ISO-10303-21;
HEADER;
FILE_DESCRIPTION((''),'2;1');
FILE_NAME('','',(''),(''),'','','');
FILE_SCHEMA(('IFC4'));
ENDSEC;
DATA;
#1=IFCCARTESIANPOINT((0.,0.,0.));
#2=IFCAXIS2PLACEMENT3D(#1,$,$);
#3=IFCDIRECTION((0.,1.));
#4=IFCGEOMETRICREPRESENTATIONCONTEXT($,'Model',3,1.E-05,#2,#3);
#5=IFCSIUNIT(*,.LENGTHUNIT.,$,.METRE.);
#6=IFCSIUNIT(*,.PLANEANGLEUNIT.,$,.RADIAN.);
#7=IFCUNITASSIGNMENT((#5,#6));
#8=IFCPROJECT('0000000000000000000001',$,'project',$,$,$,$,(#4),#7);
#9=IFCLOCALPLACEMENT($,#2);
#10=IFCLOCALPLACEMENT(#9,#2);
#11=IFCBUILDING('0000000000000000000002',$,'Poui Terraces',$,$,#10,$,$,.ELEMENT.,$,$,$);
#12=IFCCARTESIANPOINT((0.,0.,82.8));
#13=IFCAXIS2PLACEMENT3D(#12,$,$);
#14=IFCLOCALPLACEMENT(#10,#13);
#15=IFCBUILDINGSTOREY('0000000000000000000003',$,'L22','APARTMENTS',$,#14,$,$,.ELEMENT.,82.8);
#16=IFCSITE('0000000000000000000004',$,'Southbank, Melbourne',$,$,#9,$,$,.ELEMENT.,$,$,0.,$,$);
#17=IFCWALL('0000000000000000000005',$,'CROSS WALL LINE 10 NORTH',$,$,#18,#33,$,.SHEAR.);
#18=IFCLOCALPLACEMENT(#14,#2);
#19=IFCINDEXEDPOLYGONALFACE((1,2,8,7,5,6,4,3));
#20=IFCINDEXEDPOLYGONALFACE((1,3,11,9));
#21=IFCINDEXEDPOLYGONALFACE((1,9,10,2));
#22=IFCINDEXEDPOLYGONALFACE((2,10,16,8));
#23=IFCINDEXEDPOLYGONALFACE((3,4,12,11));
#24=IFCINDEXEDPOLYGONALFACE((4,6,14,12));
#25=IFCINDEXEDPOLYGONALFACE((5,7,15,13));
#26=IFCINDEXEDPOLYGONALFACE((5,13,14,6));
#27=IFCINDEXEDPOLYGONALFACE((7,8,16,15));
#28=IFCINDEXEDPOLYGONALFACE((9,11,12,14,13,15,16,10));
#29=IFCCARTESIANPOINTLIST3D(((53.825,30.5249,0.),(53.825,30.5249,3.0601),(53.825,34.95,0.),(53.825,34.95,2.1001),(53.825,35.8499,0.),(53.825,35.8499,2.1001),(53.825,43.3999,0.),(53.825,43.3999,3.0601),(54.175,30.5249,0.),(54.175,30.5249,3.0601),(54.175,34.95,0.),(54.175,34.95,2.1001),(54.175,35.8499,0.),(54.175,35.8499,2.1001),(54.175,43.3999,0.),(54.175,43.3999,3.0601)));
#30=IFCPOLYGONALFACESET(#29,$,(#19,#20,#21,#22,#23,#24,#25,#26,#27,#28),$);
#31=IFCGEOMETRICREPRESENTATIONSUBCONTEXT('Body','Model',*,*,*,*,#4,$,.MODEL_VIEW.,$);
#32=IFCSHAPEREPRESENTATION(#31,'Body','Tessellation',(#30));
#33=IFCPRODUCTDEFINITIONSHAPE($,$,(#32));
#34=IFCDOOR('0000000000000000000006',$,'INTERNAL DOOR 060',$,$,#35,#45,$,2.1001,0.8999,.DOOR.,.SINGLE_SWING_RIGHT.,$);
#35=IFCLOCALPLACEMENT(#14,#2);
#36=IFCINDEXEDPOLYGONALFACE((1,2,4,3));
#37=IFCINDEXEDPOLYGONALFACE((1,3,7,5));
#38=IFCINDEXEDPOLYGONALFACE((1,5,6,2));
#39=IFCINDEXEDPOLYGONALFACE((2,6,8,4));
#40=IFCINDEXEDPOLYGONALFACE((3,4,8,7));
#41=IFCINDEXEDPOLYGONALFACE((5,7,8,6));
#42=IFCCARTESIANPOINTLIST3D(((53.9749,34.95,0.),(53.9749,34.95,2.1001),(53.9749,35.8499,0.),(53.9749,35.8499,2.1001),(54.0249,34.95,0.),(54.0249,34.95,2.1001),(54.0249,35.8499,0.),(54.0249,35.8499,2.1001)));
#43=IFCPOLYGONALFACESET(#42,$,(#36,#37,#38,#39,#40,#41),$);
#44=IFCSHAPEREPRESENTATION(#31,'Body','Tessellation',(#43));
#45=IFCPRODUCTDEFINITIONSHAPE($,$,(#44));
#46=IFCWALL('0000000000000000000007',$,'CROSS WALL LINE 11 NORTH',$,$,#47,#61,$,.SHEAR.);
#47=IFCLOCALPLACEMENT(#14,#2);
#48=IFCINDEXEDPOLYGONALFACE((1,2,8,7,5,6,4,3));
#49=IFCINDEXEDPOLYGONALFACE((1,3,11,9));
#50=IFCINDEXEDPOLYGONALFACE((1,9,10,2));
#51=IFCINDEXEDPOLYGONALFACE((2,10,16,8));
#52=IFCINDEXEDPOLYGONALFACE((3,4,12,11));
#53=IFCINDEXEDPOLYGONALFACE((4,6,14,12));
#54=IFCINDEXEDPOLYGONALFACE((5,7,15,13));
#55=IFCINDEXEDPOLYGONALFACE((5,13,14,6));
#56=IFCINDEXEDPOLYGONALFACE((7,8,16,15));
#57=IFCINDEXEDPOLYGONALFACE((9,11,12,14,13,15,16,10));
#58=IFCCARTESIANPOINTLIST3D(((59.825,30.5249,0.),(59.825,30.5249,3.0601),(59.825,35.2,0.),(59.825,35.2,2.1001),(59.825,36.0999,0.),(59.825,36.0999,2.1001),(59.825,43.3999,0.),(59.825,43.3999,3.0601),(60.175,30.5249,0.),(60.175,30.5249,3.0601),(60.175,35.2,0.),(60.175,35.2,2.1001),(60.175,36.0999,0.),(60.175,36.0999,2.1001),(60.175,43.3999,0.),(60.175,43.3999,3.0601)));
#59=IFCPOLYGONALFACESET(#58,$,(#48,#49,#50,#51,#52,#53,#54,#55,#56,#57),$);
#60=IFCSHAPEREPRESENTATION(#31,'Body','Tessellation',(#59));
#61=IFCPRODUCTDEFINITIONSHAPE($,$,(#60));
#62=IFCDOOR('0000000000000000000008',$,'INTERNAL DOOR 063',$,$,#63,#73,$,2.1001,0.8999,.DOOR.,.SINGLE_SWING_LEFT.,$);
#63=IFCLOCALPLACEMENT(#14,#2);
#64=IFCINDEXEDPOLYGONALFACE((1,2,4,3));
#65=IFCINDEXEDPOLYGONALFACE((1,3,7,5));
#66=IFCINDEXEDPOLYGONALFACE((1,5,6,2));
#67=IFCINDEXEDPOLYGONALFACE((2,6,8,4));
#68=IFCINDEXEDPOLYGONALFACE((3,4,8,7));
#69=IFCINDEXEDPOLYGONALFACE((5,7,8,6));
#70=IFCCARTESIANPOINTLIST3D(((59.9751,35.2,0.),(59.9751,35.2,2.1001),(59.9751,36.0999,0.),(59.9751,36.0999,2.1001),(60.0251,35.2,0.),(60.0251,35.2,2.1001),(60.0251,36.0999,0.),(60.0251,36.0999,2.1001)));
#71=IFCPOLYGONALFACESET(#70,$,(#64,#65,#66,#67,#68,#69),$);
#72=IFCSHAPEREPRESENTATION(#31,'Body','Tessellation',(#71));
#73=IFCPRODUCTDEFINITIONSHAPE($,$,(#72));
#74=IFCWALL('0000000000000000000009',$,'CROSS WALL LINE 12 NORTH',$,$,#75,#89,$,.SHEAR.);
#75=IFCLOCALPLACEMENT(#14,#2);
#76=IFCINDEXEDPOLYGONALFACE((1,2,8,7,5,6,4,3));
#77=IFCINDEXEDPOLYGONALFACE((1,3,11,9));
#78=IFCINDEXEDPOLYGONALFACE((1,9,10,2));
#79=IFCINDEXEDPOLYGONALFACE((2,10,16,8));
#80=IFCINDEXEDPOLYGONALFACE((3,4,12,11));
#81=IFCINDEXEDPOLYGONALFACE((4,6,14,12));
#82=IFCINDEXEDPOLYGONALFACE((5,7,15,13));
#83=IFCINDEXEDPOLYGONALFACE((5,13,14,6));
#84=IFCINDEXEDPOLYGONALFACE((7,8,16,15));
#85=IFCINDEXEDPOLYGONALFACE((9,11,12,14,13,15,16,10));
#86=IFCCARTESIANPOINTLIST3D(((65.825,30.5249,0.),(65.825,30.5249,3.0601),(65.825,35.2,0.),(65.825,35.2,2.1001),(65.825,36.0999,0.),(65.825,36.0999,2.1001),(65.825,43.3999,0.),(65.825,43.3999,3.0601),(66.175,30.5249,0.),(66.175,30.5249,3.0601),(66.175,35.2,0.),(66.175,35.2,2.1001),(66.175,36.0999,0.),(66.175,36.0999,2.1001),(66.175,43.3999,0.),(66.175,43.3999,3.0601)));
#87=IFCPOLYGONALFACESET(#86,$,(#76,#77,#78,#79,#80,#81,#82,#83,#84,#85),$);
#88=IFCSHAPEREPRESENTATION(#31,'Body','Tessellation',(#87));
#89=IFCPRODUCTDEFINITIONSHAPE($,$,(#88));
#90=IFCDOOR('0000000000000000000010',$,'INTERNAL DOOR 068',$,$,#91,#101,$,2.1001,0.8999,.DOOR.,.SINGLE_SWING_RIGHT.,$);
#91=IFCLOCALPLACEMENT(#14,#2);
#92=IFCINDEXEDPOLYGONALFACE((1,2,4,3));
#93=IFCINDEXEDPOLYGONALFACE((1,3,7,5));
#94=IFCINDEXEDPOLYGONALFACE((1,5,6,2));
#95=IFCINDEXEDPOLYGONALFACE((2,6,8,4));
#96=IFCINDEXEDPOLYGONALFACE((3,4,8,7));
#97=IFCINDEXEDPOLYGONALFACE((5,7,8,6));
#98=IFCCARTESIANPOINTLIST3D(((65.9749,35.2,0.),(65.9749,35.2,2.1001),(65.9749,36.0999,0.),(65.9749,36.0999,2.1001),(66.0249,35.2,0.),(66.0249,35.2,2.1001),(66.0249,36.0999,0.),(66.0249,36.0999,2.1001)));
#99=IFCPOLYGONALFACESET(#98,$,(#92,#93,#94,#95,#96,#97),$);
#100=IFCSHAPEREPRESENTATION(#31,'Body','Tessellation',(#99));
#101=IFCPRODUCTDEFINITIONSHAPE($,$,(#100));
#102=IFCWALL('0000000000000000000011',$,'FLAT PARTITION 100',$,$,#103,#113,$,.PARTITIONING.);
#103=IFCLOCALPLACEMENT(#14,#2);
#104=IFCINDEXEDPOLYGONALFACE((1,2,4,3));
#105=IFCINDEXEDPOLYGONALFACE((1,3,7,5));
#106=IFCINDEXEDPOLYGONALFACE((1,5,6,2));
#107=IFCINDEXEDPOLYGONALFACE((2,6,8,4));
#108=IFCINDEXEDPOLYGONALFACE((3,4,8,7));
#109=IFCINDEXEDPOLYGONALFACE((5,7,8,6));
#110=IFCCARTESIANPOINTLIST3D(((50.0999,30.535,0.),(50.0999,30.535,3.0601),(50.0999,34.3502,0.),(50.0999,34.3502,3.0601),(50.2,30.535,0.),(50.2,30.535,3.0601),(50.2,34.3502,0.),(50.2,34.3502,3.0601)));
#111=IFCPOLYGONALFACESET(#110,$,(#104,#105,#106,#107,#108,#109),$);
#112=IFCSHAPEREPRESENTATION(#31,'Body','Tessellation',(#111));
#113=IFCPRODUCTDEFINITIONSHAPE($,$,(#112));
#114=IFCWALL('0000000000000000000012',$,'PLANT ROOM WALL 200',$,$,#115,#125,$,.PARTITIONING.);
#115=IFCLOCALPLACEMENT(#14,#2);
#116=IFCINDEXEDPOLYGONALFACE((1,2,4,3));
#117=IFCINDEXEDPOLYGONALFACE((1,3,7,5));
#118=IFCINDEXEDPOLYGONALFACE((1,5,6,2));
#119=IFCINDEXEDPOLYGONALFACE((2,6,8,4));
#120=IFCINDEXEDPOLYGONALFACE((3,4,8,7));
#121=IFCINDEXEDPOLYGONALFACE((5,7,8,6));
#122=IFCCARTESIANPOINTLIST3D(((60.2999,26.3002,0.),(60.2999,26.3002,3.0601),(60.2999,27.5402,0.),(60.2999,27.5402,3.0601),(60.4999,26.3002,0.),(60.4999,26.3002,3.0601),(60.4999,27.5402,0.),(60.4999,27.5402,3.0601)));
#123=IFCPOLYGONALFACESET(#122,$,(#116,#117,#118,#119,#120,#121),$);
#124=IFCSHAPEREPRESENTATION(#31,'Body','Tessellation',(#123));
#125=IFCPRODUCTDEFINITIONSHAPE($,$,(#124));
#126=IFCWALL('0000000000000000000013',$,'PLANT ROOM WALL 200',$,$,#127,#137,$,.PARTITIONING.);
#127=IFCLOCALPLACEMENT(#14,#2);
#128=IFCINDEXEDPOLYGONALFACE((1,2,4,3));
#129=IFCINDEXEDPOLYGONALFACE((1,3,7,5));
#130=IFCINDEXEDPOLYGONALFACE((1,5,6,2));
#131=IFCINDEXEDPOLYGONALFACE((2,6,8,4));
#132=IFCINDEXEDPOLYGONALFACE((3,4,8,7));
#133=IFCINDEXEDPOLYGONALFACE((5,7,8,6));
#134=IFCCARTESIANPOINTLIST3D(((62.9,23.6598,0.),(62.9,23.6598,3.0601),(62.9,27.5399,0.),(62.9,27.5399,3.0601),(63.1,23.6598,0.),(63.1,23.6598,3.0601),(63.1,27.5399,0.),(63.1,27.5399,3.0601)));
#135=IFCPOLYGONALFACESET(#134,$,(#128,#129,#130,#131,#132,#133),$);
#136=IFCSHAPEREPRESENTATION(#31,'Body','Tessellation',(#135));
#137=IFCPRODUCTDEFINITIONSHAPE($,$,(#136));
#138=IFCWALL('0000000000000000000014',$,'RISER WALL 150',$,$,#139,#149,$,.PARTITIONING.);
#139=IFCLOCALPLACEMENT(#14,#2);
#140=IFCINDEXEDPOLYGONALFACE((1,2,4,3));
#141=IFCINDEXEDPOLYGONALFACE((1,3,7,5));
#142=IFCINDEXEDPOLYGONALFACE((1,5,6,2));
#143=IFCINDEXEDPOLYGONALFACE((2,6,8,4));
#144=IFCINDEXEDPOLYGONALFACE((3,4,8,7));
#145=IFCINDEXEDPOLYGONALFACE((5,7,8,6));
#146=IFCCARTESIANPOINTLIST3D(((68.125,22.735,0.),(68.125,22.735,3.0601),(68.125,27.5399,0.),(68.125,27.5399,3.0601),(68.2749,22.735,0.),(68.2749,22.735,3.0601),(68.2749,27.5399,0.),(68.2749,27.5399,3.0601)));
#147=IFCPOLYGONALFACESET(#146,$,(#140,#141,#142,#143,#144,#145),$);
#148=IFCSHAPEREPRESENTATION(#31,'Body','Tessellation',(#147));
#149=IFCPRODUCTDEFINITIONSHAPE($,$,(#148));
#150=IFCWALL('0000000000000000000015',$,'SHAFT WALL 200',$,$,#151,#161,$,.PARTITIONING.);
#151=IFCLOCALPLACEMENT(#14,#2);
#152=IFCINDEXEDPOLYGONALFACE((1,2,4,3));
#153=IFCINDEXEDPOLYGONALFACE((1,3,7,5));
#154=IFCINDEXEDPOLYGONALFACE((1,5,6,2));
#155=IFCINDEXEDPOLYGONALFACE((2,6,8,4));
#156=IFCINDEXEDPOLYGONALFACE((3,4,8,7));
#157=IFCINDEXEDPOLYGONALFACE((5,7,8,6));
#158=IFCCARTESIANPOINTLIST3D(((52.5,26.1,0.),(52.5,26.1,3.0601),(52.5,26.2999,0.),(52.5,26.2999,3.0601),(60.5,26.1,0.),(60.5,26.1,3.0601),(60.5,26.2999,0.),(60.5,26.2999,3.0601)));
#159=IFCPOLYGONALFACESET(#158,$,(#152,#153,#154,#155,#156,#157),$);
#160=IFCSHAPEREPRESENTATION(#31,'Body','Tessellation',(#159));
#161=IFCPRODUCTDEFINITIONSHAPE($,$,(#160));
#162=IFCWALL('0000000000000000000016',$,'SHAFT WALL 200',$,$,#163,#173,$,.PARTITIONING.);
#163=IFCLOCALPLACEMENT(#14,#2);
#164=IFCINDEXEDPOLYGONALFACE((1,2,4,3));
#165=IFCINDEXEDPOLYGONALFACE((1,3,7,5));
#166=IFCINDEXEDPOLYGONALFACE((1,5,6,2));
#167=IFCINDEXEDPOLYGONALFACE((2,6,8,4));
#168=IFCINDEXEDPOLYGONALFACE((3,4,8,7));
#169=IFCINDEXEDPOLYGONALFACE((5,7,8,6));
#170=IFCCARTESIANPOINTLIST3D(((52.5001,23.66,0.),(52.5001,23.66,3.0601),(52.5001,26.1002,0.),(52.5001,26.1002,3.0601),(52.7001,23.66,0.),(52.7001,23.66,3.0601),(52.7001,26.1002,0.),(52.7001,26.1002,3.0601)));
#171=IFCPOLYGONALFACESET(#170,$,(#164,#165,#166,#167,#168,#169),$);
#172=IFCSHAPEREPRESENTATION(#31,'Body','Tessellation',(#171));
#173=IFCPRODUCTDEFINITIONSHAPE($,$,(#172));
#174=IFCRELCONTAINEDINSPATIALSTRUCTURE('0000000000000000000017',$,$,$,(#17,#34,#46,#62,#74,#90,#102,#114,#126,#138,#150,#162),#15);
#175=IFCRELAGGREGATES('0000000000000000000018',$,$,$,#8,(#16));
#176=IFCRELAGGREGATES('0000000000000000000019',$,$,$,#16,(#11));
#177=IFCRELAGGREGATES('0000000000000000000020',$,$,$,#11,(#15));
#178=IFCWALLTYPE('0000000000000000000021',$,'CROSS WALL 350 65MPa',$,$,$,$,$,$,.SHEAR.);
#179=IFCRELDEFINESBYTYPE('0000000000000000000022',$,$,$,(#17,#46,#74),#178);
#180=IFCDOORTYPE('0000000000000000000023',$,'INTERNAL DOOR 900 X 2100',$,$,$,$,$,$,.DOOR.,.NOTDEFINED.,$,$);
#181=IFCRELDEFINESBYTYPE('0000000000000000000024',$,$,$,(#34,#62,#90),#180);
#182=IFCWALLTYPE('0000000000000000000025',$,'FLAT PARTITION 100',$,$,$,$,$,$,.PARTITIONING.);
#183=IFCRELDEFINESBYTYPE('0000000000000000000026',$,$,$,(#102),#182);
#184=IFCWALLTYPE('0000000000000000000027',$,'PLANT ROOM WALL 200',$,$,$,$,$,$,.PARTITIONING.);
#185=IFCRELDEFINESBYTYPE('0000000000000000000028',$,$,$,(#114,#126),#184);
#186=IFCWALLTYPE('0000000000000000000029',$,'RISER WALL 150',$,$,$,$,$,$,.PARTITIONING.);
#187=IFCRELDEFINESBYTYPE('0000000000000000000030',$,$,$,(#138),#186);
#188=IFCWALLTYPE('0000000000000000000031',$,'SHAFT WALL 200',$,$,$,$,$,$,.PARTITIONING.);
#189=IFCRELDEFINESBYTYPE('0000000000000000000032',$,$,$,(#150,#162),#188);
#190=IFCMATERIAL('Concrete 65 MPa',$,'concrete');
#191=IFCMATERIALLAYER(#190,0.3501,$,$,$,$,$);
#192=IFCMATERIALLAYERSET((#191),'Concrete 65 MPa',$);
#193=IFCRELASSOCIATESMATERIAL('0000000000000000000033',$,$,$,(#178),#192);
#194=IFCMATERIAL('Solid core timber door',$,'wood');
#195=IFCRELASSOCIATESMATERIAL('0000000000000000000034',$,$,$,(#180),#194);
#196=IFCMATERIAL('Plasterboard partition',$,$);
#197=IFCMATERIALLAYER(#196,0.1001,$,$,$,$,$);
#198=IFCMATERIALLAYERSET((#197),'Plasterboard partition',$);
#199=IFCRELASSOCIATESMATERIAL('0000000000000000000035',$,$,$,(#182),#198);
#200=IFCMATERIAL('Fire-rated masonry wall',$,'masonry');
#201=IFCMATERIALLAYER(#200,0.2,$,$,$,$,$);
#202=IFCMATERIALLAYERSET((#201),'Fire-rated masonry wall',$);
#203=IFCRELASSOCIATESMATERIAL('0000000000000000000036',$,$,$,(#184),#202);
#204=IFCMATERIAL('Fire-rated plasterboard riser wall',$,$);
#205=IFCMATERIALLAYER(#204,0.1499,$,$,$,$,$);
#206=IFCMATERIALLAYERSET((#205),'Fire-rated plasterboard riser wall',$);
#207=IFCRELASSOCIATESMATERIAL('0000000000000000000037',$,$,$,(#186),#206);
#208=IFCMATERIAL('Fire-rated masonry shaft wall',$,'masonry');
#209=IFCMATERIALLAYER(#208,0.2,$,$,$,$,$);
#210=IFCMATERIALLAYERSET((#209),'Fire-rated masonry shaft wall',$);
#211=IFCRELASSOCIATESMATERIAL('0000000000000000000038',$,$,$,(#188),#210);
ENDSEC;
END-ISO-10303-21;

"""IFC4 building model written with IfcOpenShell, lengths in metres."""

from ifc_helpers import new_model, si_unit, direction, frame, frame_2d, origin, place, context, subcontext, project, spatial, rectangle, extrude, material, layer, layer_set, type_object, element, fill, save


model = new_model("IFC4")

# Units and contexts
model_context = context("Model", 3, precision=1e-05, world=origin(), true_north=direction((0.0, 1.0)))
body_context = subcontext(model_context, "Body", "Model", "MODEL_VIEW")
ifc_project = project(units=[si_unit("LENGTHUNIT", "METRE"), si_unit("PLANEANGLEUNIT", "RADIAN")], contexts=[model_context])

# Site, building, storey
site_placement = place(None, origin())
site = spatial("IfcSite", under=ifc_project, at=site_placement, Name="Southbank, Melbourne", CompositionType="ELEMENT", RefElevation=0.0)
building_placement = place(site_placement, origin())
building = spatial("IfcBuilding", under=site, at=building_placement, Name="Poui Terraces", CompositionType="ELEMENT")
storey_placement = place(building_placement, frame((0.0, 0.0, 82.8)))
storey = spatial("IfcBuildingStorey", under=building, at=storey_placement, Name="L22", Description="APARTMENTS", CompositionType="ELEMENT", Elevation=82.8)

# Shared definitions
ifc_material_1 = material(Name="Concrete 65 MPa", Category="concrete")

# Walls, openings, doors
ifc_layer_1 = layer(ifc_material_1, 0.3501)
ifc_layer_set_1 = layer_set([ifc_layer_1], Name="Concrete 65 MPa")
wall_type_1 = type_object("IfcWallType", Name="CROSS WALL 350 65MPa", PredefinedType="SHEAR", material=ifc_layer_set_1)
wall_1_placement = place(storey_placement, frame((54.0, 30.5249, 0.0), z_axis=(0.0, 0.0, 1.0), x_axis=(0.0, 1.0, 0.0)))
wall_1 = element("IfcWall", 1, at=wall_1_placement, inside=storey, type_object=wall_type_1, Name="CROSS WALL LINE 10 NORTH", PredefinedType="SHEAR", context=body_context, shape_type="SweptSolid", body=[
    extrude(rectangle(XDim=12.875, YDim=0.3501, at=frame_2d((6.4375, 0.0))), origin(), (0.0, 0.0, 1.0), 3.0601),
])
opening_1_placement = place(wall_1_placement, frame((4.425, 0.0, 0.0)))
opening_1 = element("IfcOpeningElement", 2, at=opening_1_placement, cuts=wall_1, PredefinedType="OPENING", context=body_context, shape_type="SweptSolid", body=[
    extrude(rectangle(XDim=0.8999, YDim=2.1001, at=frame_2d((0.45, 1.05))), frame((0.0, 0.1851, 0.0), z_axis=(0.0, -1.0, 0.0), x_axis=(1.0, 0.0, 0.0)), (0.0, 0.0, 1.0), 0.3701),
])
ifc_material_2 = material(Name="Solid core timber door", Category="wood")
door_type_1 = type_object("IfcDoorType", Name="INTERNAL DOOR 900 X 2100", OperationType="NOTDEFINED", PredefinedType="DOOR", material=ifc_material_2)
door_1_placement = place(opening_1_placement, frame((0.8999, 0.0, 0.0), z_axis=(0.0, 0.0, 1.0), x_axis=(-1.0, 0.0, 0.0)))
door_1 = element("IfcDoor", 3, at=door_1_placement, inside=storey, type_object=door_type_1, Name="INTERNAL DOOR 060", OperationType="SINGLE_SWING_RIGHT", OverallHeight=2.1001, OverallWidth=0.8999, PredefinedType="DOOR", context=body_context, shape_type="SweptSolid", body=[
    extrude(rectangle(XDim=0.8999, YDim=2.1001, at=frame_2d((0.45, 1.05))), frame((0.0, 0.0249, 0.0), z_axis=(0.0, -1.0, 0.0), x_axis=(1.0, 0.0, 0.0)), (0.0, 0.0, 1.0), 0.05),
])
fill(opening_1, door_1)
wall_2_placement = place(storey_placement, frame((60.0, 30.5249, 0.0), z_axis=(0.0, 0.0, 1.0), x_axis=(0.0, 1.0, 0.0)))
wall_2 = element("IfcWall", 4, at=wall_2_placement, inside=storey, type_object=wall_type_1, Name="CROSS WALL LINE 11 NORTH", PredefinedType="SHEAR", context=body_context, shape_type="SweptSolid", body=[
    extrude(rectangle(XDim=12.875, YDim=0.3501, at=frame_2d((6.4375, 0.0))), origin(), (0.0, 0.0, 1.0), 3.0601),
])
opening_2_placement = place(wall_2_placement, frame((4.675, 0.0, 0.0)))
opening_2 = element("IfcOpeningElement", 5, at=opening_2_placement, cuts=wall_2, PredefinedType="OPENING", context=body_context, shape_type="SweptSolid", body=[
    extrude(rectangle(XDim=0.8999, YDim=2.1001, at=frame_2d((0.45, 1.05))), frame((0.0, 0.1851, 0.0), z_axis=(0.0, -1.0, 0.0), x_axis=(1.0, 0.0, 0.0)), (0.0, 0.0, 1.0), 0.3701),
])
door_2_placement = place(opening_2_placement, origin())
door_2 = element("IfcDoor", 6, at=door_2_placement, inside=storey, type_object=door_type_1, Name="INTERNAL DOOR 063", OperationType="SINGLE_SWING_LEFT", OverallHeight=2.1001, OverallWidth=0.8999, PredefinedType="DOOR", context=body_context, shape_type="SweptSolid", body=[
    extrude(rectangle(XDim=0.8999, YDim=2.1001, at=frame_2d((0.45, 1.05))), frame((0.0, 0.0249, 0.0), z_axis=(0.0, -1.0, 0.0), x_axis=(1.0, 0.0, 0.0)), (0.0, 0.0, 1.0), 0.05),
])
fill(opening_2, door_2)
wall_3_placement = place(storey_placement, frame((66.0, 30.5249, 0.0), z_axis=(0.0, 0.0, 1.0), x_axis=(0.0, 1.0, 0.0)))
wall_3 = element("IfcWall", 7, at=wall_3_placement, inside=storey, type_object=wall_type_1, Name="CROSS WALL LINE 12 NORTH", PredefinedType="SHEAR", context=body_context, shape_type="SweptSolid", body=[
    extrude(rectangle(XDim=12.875, YDim=0.3501, at=frame_2d((6.4375, 0.0))), origin(), (0.0, 0.0, 1.0), 3.0601),
])
opening_3_placement = place(wall_3_placement, frame((4.675, 0.0, 0.0)))
opening_3 = element("IfcOpeningElement", 8, at=opening_3_placement, cuts=wall_3, PredefinedType="OPENING", context=body_context, shape_type="SweptSolid", body=[
    extrude(rectangle(XDim=0.8999, YDim=2.1001, at=frame_2d((0.45, 1.05))), frame((0.0, 0.1851, 0.0), z_axis=(0.0, -1.0, 0.0), x_axis=(1.0, 0.0, 0.0)), (0.0, 0.0, 1.0), 0.3701),
])
door_3_placement = place(opening_3_placement, frame((0.8999, 0.0, 0.0), z_axis=(0.0, 0.0, 1.0), x_axis=(-1.0, 0.0, 0.0)))
door_3 = element("IfcDoor", 9, at=door_3_placement, inside=storey, type_object=door_type_1, Name="INTERNAL DOOR 068", OperationType="SINGLE_SWING_RIGHT", OverallHeight=2.1001, OverallWidth=0.8999, PredefinedType="DOOR", context=body_context, shape_type="SweptSolid", body=[
    extrude(rectangle(XDim=0.8999, YDim=2.1001, at=frame_2d((0.45, 1.05))), frame((0.0, 0.0249, 0.0), z_axis=(0.0, -1.0, 0.0), x_axis=(1.0, 0.0, 0.0)), (0.0, 0.0, 1.0), 0.05),
])
fill(opening_3, door_3)

# Walls
ifc_material_3 = material(Name="Plasterboard partition")
ifc_layer_2 = layer(ifc_material_3, 0.1001)
ifc_layer_set_2 = layer_set([ifc_layer_2], Name="Plasterboard partition")
wall_type_2 = type_object("IfcWallType", Name="FLAT PARTITION 100", PredefinedType="PARTITIONING", material=ifc_layer_set_2)
wall_4_placement = place(storey_placement, frame((50.1499, 30.5349, 0.0), z_axis=(0.0, 0.0, 1.0), x_axis=(0.0, 1.0, 0.0)))
element("IfcWall", 10, at=wall_4_placement, inside=storey, type_object=wall_type_2, Name="FLAT PARTITION 100", PredefinedType="PARTITIONING", context=body_context, shape_type="SweptSolid", body=[
    extrude(rectangle(XDim=3.8152, YDim=0.1001, at=frame_2d((1.9077, 0.0))), origin(), (0.0, 0.0, 1.0), 3.0601),
])
ifc_material_4 = material(Name="Fire-rated masonry wall", Category="masonry")
ifc_layer_3 = layer(ifc_material_4, 0.2)
ifc_layer_set_3 = layer_set([ifc_layer_3], Name="Fire-rated masonry wall")
wall_type_3 = type_object("IfcWallType", Name="PLANT ROOM WALL 200", PredefinedType="PARTITIONING", material=ifc_layer_set_3)
wall_5_placement = place(storey_placement, frame((60.3999, 26.3, 0.0), z_axis=(0.0, 0.0, 1.0), x_axis=(0.0, 1.0, 0.0)))
element("IfcWall", 11, at=wall_5_placement, inside=storey, type_object=wall_type_3, Name="PLANT ROOM WALL 200", PredefinedType="PARTITIONING", context=body_context, shape_type="SweptSolid", body=[
    extrude(rectangle(XDim=1.24, YDim=0.2, at=frame_2d((0.6201, 0.0))), origin(), (0.0, 0.0, 1.0), 3.0601),
])
wall_6_placement = place(storey_placement, frame((63.0, 23.6599, 0.0), z_axis=(0.0, 0.0, 1.0), x_axis=(0.0, 1.0, 0.0)))
element("IfcWall", 12, at=wall_6_placement, inside=storey, type_object=wall_type_3, Name="PLANT ROOM WALL 200", PredefinedType="PARTITIONING", context=body_context, shape_type="SweptSolid", body=[
    extrude(rectangle(XDim=3.8801, YDim=0.2, at=frame_2d((1.9399, 0.0))), origin(), (0.0, 0.0, 1.0), 3.0601),
])
ifc_material_5 = material(Name="Fire-rated plasterboard riser wall")
ifc_layer_4 = layer(ifc_material_5, 0.1499)
ifc_layer_set_4 = layer_set([ifc_layer_4], Name="Fire-rated plasterboard riser wall")
wall_type_4 = type_object("IfcWallType", Name="RISER WALL 150", PredefinedType="PARTITIONING", material=ifc_layer_set_4)
wall_7_placement = place(storey_placement, frame((68.2, 22.7351, 0.0), z_axis=(0.0, 0.0, 1.0), x_axis=(0.0, 1.0, 0.0)))
element("IfcWall", 13, at=wall_7_placement, inside=storey, type_object=wall_type_4, Name="RISER WALL 150", PredefinedType="PARTITIONING", context=body_context, shape_type="SweptSolid", body=[
    extrude(rectangle(XDim=4.8049, YDim=0.1499, at=frame_2d((2.4023, 0.0))), origin(), (0.0, 0.0, 1.0), 3.0601),
])
ifc_material_6 = material(Name="Fire-rated masonry shaft wall", Category="masonry")
ifc_layer_5 = layer(ifc_material_6, 0.2)
ifc_layer_set_5 = layer_set([ifc_layer_5], Name="Fire-rated masonry shaft wall")
wall_type_5 = type_object("IfcWallType", Name="SHAFT WALL 200", PredefinedType="PARTITIONING", material=ifc_layer_set_5)
wall_8_placement = place(storey_placement, frame((52.5, 26.2, 0.0), z_axis=(0.0, 0.0, 1.0), x_axis=(1.0, 0.0, 0.0)))
element("IfcWall", 14, at=wall_8_placement, inside=storey, type_object=wall_type_5, Name="SHAFT WALL 200", PredefinedType="PARTITIONING", context=body_context, shape_type="SweptSolid", body=[
    extrude(rectangle(XDim=8.0, YDim=0.2, at=frame_2d((4.0, 0.0))), origin(), (0.0, 0.0, 1.0), 3.0601),
])
for number, where, z_axis, x_axis, name in (
    (15, (52.6001, 23.6599, 0.0), (0.0, 0.0, 1.0), (0.0, 1.0, 0.0), "SHAFT WALL 200"),
):
    element("IfcWall", number, at=place(storey_placement, frame(where, z_axis=z_axis, x_axis=x_axis)), inside=storey, type_object=wall_type_5, Name=name, PredefinedType="PARTITIONING", context=body_context, shape_type="SweptSolid", body=[
        extrude(rectangle(XDim=2.4402, YDim=0.2, at=frame_2d((1.2202, 0.0))), origin(), (0.0, 0.0, 1.0), 3.0601),
    ])

save(model, "model.ifc")
